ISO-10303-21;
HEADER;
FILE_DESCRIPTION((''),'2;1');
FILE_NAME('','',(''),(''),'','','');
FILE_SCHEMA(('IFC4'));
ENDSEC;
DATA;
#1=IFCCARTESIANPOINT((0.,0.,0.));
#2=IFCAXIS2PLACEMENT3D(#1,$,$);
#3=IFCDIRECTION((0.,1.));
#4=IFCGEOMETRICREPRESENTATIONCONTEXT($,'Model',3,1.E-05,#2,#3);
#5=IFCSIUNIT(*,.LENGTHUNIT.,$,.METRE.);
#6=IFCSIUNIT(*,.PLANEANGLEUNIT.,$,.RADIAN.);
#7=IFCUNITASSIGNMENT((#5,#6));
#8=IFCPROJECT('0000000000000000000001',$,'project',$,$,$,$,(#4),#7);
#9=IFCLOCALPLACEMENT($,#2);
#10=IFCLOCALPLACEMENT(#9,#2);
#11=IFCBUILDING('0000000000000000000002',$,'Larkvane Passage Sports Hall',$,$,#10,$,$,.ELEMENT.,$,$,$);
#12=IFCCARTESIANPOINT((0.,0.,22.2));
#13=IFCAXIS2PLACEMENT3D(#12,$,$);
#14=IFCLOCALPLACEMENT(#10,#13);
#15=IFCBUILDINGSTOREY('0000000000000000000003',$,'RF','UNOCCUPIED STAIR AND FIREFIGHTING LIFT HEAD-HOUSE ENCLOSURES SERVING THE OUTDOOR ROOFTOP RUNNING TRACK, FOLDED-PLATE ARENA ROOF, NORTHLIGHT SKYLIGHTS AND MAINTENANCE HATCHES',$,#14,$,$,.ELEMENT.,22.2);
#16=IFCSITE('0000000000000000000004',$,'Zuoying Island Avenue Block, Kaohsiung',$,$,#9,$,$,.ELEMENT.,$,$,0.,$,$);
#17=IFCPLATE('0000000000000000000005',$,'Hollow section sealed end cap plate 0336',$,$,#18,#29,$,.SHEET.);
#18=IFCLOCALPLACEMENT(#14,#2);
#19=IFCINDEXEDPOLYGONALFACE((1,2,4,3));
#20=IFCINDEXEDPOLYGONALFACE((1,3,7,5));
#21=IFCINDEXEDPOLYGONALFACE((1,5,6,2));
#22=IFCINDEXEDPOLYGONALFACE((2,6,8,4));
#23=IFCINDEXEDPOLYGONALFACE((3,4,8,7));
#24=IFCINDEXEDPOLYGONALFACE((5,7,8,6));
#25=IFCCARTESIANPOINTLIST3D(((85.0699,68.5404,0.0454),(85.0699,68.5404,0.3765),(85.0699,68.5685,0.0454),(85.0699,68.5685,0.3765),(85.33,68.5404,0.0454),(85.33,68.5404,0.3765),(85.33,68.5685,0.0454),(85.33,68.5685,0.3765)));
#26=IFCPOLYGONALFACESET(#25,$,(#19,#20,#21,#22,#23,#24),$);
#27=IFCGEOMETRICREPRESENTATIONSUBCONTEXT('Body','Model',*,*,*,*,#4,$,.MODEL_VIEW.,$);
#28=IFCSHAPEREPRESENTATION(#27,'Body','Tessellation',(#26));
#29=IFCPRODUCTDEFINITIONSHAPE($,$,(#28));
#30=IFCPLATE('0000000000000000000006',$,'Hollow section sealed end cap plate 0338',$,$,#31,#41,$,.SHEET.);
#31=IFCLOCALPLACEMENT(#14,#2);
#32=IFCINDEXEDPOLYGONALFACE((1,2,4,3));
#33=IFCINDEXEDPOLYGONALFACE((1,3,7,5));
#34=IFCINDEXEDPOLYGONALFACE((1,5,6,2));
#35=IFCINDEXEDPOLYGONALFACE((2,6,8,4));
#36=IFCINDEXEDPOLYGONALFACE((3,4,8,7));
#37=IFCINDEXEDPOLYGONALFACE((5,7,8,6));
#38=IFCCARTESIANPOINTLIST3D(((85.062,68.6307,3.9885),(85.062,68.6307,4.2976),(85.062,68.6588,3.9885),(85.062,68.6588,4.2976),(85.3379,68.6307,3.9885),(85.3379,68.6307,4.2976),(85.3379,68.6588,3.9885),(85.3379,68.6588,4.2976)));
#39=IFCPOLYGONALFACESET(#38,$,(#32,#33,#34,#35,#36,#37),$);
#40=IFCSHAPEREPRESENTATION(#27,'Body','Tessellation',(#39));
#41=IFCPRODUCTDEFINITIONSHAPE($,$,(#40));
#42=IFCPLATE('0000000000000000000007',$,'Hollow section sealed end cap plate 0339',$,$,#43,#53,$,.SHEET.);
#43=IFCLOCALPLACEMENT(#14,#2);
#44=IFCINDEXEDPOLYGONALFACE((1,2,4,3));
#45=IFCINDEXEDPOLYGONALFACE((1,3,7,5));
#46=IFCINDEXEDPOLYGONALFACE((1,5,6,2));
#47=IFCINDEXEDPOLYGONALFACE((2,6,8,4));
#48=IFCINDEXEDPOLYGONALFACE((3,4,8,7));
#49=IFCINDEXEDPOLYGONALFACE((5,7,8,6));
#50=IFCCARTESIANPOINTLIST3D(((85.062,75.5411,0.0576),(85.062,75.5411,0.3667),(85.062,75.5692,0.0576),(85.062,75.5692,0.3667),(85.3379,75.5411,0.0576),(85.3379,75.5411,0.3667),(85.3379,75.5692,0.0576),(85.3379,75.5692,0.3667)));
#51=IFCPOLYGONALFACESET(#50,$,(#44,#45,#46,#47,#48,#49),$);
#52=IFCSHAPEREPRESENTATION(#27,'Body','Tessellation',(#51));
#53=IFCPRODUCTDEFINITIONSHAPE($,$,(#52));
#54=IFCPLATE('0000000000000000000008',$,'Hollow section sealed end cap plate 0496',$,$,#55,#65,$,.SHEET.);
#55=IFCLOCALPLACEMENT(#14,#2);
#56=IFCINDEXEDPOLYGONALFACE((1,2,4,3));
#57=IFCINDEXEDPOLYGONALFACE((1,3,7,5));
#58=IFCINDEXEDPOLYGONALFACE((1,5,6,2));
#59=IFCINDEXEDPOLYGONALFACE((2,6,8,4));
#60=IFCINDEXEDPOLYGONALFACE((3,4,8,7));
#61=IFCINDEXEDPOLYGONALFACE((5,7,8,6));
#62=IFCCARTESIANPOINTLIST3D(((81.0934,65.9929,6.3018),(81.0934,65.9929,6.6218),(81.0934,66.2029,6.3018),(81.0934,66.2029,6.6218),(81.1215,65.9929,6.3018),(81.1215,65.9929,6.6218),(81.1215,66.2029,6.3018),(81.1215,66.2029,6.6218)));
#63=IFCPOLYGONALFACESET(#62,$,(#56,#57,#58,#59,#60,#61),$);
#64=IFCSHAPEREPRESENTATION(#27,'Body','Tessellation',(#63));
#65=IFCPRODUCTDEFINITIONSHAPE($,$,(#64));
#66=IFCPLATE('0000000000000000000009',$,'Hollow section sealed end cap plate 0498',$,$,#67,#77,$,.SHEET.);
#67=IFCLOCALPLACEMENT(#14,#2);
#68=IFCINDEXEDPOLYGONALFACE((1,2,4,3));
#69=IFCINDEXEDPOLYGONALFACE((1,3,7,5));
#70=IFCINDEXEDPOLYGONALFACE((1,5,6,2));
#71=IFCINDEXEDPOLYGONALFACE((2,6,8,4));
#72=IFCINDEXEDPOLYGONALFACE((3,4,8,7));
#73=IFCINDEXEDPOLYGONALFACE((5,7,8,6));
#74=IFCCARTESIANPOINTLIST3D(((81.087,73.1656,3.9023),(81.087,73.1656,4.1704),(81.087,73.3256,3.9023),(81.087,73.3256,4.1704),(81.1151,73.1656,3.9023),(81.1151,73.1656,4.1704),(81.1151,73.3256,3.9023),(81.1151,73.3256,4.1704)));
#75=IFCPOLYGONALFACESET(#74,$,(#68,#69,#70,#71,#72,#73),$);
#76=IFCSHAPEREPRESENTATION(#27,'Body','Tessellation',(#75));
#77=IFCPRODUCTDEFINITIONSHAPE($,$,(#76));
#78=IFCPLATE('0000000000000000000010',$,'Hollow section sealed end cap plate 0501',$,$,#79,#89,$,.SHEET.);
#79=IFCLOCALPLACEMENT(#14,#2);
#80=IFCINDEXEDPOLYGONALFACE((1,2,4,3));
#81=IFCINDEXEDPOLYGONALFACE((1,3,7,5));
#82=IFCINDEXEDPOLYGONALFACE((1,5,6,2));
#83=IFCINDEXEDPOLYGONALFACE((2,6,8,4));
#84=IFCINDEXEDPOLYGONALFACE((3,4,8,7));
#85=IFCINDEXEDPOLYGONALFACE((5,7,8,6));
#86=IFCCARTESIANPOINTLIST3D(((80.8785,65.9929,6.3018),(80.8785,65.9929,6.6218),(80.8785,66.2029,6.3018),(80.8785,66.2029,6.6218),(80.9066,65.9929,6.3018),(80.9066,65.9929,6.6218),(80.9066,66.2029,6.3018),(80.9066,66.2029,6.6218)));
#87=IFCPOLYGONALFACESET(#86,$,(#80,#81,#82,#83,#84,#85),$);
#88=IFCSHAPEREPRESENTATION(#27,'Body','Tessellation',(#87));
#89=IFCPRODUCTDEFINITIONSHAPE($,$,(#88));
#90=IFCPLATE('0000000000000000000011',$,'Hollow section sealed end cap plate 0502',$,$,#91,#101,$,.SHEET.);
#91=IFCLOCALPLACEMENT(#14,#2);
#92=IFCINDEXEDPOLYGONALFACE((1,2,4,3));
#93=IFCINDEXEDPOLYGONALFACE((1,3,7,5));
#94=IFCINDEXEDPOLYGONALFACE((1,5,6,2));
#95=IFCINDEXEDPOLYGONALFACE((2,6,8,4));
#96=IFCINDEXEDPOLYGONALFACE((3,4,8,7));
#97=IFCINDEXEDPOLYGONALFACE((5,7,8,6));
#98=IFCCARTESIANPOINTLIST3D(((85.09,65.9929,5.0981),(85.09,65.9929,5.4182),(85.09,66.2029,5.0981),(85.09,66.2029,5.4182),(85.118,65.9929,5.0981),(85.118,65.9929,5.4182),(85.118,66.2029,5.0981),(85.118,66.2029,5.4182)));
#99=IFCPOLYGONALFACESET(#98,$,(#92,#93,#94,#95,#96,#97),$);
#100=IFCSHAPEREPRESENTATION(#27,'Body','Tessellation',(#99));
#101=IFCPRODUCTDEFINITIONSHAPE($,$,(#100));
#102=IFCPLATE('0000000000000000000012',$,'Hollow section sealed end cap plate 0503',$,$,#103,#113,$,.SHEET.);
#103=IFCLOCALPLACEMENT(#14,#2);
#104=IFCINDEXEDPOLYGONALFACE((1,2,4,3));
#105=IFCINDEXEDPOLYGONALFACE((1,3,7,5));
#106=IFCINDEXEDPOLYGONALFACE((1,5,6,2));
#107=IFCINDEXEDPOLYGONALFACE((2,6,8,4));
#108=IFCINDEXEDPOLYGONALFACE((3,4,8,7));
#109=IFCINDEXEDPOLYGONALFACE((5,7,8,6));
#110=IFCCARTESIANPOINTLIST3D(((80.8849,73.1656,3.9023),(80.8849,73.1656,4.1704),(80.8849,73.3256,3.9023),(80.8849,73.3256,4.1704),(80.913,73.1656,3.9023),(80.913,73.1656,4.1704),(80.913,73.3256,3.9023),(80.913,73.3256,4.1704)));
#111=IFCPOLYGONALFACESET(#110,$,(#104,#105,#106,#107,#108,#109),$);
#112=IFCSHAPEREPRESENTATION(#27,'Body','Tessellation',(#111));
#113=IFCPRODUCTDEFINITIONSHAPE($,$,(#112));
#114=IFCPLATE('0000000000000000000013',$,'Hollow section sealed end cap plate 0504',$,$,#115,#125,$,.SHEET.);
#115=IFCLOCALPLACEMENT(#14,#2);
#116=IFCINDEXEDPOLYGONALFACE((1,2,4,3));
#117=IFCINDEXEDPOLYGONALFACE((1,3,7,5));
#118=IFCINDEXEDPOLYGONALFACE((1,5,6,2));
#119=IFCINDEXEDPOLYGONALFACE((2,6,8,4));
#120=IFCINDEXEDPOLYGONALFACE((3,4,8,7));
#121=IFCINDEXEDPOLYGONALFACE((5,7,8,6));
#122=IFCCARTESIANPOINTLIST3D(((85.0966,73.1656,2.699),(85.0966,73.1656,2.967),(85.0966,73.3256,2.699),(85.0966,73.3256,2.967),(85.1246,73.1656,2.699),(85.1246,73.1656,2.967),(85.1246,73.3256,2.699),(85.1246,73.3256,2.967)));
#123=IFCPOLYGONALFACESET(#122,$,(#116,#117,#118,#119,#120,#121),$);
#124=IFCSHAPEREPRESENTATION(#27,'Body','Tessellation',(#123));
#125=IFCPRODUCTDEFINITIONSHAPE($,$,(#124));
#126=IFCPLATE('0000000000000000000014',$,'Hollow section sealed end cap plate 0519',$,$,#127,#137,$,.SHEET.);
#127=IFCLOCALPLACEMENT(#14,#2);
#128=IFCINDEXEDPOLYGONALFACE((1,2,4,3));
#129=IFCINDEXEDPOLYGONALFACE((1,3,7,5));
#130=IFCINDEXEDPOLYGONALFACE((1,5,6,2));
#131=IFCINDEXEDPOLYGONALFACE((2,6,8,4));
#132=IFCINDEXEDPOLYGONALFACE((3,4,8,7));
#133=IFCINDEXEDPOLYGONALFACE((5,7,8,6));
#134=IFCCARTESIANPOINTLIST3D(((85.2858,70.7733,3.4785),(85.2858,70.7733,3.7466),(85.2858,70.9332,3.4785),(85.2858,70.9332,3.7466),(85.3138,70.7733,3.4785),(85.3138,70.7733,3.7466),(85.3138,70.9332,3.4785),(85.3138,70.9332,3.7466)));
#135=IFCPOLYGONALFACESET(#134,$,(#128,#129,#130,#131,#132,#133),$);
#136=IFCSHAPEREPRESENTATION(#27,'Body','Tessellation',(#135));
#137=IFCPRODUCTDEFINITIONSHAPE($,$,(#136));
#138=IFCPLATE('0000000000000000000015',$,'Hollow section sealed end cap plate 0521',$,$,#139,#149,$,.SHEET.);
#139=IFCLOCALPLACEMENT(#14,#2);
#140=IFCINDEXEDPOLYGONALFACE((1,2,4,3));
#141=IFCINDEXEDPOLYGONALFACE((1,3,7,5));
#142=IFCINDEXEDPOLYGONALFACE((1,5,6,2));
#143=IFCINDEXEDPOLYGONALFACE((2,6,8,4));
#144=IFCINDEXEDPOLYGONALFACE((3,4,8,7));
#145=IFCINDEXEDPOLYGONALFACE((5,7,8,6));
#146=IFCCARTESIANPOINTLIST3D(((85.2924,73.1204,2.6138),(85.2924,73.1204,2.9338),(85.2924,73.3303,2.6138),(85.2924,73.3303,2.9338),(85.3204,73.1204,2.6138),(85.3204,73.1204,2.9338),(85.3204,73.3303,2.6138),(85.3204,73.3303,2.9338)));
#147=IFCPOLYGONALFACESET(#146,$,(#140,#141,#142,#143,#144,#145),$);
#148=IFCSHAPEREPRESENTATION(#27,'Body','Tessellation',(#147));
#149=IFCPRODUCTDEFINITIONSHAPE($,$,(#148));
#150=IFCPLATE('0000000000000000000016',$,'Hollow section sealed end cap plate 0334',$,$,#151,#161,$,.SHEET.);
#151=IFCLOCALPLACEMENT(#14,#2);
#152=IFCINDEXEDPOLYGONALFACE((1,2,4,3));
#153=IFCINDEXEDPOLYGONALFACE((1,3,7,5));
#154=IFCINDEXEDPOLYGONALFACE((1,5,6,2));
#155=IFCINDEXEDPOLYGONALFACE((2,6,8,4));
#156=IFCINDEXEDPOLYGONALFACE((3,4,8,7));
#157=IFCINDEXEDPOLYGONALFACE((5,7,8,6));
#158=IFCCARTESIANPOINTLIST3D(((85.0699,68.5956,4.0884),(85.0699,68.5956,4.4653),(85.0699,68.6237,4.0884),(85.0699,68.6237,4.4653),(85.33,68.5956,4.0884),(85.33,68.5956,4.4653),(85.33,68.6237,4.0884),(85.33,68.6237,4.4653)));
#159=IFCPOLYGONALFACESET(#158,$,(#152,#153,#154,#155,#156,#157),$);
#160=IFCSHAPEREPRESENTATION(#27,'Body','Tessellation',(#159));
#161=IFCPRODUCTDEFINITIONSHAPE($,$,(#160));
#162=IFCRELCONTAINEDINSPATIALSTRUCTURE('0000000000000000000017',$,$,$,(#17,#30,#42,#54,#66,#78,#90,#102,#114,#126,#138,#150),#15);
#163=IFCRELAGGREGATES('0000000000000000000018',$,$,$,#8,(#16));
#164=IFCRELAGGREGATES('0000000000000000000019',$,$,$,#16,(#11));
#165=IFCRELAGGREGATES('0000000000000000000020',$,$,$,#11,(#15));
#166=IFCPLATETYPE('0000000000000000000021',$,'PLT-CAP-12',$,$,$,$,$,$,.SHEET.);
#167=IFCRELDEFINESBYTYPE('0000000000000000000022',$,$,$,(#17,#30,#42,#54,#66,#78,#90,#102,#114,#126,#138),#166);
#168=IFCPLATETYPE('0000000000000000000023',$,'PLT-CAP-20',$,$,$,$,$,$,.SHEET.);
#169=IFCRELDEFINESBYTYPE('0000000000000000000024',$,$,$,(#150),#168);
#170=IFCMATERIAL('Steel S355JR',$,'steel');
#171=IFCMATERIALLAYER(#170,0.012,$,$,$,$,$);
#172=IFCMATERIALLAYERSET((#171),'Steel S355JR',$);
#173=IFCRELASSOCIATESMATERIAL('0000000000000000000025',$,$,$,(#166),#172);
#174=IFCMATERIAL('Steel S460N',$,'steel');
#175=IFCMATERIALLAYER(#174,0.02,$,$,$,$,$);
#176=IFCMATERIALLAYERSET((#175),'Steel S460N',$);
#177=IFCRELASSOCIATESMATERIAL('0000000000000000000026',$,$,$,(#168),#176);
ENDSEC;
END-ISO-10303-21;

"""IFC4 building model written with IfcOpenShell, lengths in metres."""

from ifc_helpers import new_model, si_unit, direction, frame, origin, origin_2d, place, context, subcontext, project, spatial, rectangle, extrude, material, layer, layer_set, type_object, element, save


model = new_model("IFC4")

# Units and contexts
model_context = context("Model", 3, precision=1e-05, world=origin(), true_north=direction((0.0, 1.0)))
body_context = subcontext(model_context, "Body", "Model", "MODEL_VIEW")
ifc_project = project(units=[si_unit("LENGTHUNIT", "METRE"), si_unit("PLANEANGLEUNIT", "RADIAN")], contexts=[model_context])

# Site, building, storey
site_placement = place(None, origin())
site = spatial("IfcSite", under=ifc_project, at=site_placement, Name="Zuoying Island Avenue Block, Kaohsiung", CompositionType="ELEMENT", RefElevation=0.0)
building_placement = place(site_placement, origin())
building = spatial("IfcBuilding", under=site, at=building_placement, Name="Larkvane Passage Sports Hall", CompositionType="ELEMENT")
storey_placement = place(building_placement, frame((0.0, 0.0, 22.2)))
storey = spatial("IfcBuildingStorey", under=building, at=storey_placement, Name="RF", Description="UNOCCUPIED STAIR AND FIREFIGHTING LIFT HEAD-HOUSE ENCLOSURES SERVING THE OUTDOOR ROOFTOP RUNNING TRACK, FOLDED-PLATE ARENA ROOF, NORTHLIGHT SKYLIGHTS AND MAINTENANCE HATCHES", CompositionType="ELEMENT", Elevation=22.2)

# Shared definitions
ifc_material_1 = material(Name="Steel S355JR", Category="steel")
ifc_material_2 = material(Name="Steel S460N", Category="steel")

# Plates
ifc_layer_1 = layer(ifc_material_1, 0.012)
ifc_layer_set_1 = layer_set([ifc_layer_1], Name="Steel S355JR")
plate_type_1 = type_object("IfcPlateType", Name="PLT-CAP-12", PredefinedType="SHEET", material=ifc_layer_set_1)
plate_1_placement = place(storey_placement, frame((85.2, 68.5544, 0.0454), z_axis=(0.0, 0.0, 1.0), x_axis=(-1.0, 0.0, 0.0)))
element("IfcPlate", 1, at=plate_1_placement, inside=storey, type_object=plate_type_1, Name="Hollow section sealed end cap plate 0336", PredefinedType="SHEET", context=body_context, shape_type="SweptSolid", body=[
    extrude(rectangle(XDim=0.26, YDim=0.0281, at=origin_2d()), origin(), (0.0, 0.0, 1.0), 0.3311),
])
for number, where, z_axis, x_axis, name in (
    (2, (85.2, 68.6448, 3.9885), (0.0, 0.0, 1.0), (-1.0, 0.0, 0.0), "Hollow section sealed end cap plate 0338"),
    (3, (85.2, 75.5552, 0.0576), (0.0, 0.0, 1.0), (-1.0, 0.0, 0.0), "Hollow section sealed end cap plate 0339"),
):
    element("IfcPlate", number, at=place(storey_placement, frame(where, z_axis=z_axis, x_axis=x_axis)), inside=storey, type_object=plate_type_1, Name=name, PredefinedType="SHEET", context=body_context, shape_type="SweptSolid", body=[
        extrude(rectangle(XDim=0.2759, YDim=0.0281, at=origin_2d()), origin(), (0.0, 0.0, 1.0), 0.3091),
    ])
plate_2_placement = place(storey_placement, frame((81.1074, 66.0979, 6.3018), z_axis=(0.0, 0.0, 1.0), x_axis=(0.0, 1.0, 0.0)))
element("IfcPlate", 4, at=plate_2_placement, inside=storey, type_object=plate_type_1, Name="Hollow section sealed end cap plate 0496", PredefinedType="SHEET", context=body_context, shape_type="SweptSolid", body=[
    extrude(rectangle(XDim=0.21, YDim=0.0281, at=origin_2d()), origin(), (0.0, 0.0, 1.0), 0.3201),
])
plate_3_placement = place(storey_placement, frame((81.1011, 73.2456, 3.9023), z_axis=(0.0, 0.0, 1.0), x_axis=(0.0, 1.0, 0.0)))
element("IfcPlate", 5, at=plate_3_placement, inside=storey, type_object=plate_type_1, Name="Hollow section sealed end cap plate 0498", PredefinedType="SHEET", context=body_context, shape_type="SweptSolid", body=[
    extrude(rectangle(XDim=0.1599, YDim=0.0281, at=origin_2d()), origin(), (0.0, 0.0, 1.0), 0.2681),
])
for number, where, z_axis, x_axis, name in (
    (6, (80.8926, 66.0979, 6.3018), (0.0, 0.0, 1.0), (0.0, 1.0, 0.0), "Hollow section sealed end cap plate 0501"),
    (7, (85.104, 66.0979, 5.0981), (0.0, 0.0, 1.0), (0.0, 1.0, 0.0), "Hollow section sealed end cap plate 0502"),
):
    element("IfcPlate", number, at=place(storey_placement, frame(where, z_axis=z_axis, x_axis=x_axis)), inside=storey, type_object=plate_type_1, Name=name, PredefinedType="SHEET", context=body_context, shape_type="SweptSolid", body=[
        extrude(rectangle(XDim=0.21, YDim=0.0281, at=origin_2d()), origin(), (0.0, 0.0, 1.0), 0.3201),
    ])
for number, where, z_axis, x_axis, name in (
    (8, (80.8989, 73.2456, 3.9023), (0.0, 0.0, 1.0), (0.0, 1.0, 0.0), "Hollow section sealed end cap plate 0503"),
    (9, (85.1106, 73.2456, 2.699), (0.0, 0.0, 1.0), (0.0, 1.0, 0.0), "Hollow section sealed end cap plate 0504"),
    (10, (85.2998, 70.8533, 3.4785), (0.0, 0.0, 1.0), (0.0, 1.0, 0.0), "Hollow section sealed end cap plate 0519"),
):
    element("IfcPlate", number, at=place(storey_placement, frame(where, z_axis=z_axis, x_axis=x_axis)), inside=storey, type_object=plate_type_1, Name=name, PredefinedType="SHEET", context=body_context, shape_type="SweptSolid", body=[
        extrude(rectangle(XDim=0.1599, YDim=0.0281, at=origin_2d()), origin(), (0.0, 0.0, 1.0), 0.2681),
    ])
plate_4_placement = place(storey_placement, frame((85.3064, 73.2253, 2.6138), z_axis=(0.0, 0.0, 1.0), x_axis=(0.0, 1.0, 0.0)))
element("IfcPlate", 11, at=plate_4_placement, inside=storey, type_object=plate_type_1, Name="Hollow section sealed end cap plate 0521", PredefinedType="SHEET", context=body_context, shape_type="SweptSolid", body=[
    extrude(rectangle(XDim=0.21, YDim=0.0281, at=origin_2d()), origin(), (0.0, 0.0, 1.0), 0.3201),
])
ifc_layer_2 = layer(ifc_material_2, 0.02)
ifc_layer_set_2 = layer_set([ifc_layer_2], Name="Steel S460N")
plate_type_2 = type_object("IfcPlateType", Name="PLT-CAP-20", PredefinedType="SHEET", material=ifc_layer_set_2)
plate_5_placement = place(storey_placement, frame((85.2, 68.6096, 4.0884), z_axis=(0.0, 0.0, 1.0), x_axis=(-1.0, 0.0, 0.0)))
element("IfcPlate", 12, at=plate_5_placement, inside=storey, type_object=plate_type_2, Name="Hollow section sealed end cap plate 0334", PredefinedType="SHEET", context=body_context, shape_type="SweptSolid", body=[
    extrude(rectangle(XDim=0.26, YDim=0.0281, at=origin_2d()), origin(), (0.0, 0.0, 1.0), 0.377),
])

save(model, "model.ifc")
